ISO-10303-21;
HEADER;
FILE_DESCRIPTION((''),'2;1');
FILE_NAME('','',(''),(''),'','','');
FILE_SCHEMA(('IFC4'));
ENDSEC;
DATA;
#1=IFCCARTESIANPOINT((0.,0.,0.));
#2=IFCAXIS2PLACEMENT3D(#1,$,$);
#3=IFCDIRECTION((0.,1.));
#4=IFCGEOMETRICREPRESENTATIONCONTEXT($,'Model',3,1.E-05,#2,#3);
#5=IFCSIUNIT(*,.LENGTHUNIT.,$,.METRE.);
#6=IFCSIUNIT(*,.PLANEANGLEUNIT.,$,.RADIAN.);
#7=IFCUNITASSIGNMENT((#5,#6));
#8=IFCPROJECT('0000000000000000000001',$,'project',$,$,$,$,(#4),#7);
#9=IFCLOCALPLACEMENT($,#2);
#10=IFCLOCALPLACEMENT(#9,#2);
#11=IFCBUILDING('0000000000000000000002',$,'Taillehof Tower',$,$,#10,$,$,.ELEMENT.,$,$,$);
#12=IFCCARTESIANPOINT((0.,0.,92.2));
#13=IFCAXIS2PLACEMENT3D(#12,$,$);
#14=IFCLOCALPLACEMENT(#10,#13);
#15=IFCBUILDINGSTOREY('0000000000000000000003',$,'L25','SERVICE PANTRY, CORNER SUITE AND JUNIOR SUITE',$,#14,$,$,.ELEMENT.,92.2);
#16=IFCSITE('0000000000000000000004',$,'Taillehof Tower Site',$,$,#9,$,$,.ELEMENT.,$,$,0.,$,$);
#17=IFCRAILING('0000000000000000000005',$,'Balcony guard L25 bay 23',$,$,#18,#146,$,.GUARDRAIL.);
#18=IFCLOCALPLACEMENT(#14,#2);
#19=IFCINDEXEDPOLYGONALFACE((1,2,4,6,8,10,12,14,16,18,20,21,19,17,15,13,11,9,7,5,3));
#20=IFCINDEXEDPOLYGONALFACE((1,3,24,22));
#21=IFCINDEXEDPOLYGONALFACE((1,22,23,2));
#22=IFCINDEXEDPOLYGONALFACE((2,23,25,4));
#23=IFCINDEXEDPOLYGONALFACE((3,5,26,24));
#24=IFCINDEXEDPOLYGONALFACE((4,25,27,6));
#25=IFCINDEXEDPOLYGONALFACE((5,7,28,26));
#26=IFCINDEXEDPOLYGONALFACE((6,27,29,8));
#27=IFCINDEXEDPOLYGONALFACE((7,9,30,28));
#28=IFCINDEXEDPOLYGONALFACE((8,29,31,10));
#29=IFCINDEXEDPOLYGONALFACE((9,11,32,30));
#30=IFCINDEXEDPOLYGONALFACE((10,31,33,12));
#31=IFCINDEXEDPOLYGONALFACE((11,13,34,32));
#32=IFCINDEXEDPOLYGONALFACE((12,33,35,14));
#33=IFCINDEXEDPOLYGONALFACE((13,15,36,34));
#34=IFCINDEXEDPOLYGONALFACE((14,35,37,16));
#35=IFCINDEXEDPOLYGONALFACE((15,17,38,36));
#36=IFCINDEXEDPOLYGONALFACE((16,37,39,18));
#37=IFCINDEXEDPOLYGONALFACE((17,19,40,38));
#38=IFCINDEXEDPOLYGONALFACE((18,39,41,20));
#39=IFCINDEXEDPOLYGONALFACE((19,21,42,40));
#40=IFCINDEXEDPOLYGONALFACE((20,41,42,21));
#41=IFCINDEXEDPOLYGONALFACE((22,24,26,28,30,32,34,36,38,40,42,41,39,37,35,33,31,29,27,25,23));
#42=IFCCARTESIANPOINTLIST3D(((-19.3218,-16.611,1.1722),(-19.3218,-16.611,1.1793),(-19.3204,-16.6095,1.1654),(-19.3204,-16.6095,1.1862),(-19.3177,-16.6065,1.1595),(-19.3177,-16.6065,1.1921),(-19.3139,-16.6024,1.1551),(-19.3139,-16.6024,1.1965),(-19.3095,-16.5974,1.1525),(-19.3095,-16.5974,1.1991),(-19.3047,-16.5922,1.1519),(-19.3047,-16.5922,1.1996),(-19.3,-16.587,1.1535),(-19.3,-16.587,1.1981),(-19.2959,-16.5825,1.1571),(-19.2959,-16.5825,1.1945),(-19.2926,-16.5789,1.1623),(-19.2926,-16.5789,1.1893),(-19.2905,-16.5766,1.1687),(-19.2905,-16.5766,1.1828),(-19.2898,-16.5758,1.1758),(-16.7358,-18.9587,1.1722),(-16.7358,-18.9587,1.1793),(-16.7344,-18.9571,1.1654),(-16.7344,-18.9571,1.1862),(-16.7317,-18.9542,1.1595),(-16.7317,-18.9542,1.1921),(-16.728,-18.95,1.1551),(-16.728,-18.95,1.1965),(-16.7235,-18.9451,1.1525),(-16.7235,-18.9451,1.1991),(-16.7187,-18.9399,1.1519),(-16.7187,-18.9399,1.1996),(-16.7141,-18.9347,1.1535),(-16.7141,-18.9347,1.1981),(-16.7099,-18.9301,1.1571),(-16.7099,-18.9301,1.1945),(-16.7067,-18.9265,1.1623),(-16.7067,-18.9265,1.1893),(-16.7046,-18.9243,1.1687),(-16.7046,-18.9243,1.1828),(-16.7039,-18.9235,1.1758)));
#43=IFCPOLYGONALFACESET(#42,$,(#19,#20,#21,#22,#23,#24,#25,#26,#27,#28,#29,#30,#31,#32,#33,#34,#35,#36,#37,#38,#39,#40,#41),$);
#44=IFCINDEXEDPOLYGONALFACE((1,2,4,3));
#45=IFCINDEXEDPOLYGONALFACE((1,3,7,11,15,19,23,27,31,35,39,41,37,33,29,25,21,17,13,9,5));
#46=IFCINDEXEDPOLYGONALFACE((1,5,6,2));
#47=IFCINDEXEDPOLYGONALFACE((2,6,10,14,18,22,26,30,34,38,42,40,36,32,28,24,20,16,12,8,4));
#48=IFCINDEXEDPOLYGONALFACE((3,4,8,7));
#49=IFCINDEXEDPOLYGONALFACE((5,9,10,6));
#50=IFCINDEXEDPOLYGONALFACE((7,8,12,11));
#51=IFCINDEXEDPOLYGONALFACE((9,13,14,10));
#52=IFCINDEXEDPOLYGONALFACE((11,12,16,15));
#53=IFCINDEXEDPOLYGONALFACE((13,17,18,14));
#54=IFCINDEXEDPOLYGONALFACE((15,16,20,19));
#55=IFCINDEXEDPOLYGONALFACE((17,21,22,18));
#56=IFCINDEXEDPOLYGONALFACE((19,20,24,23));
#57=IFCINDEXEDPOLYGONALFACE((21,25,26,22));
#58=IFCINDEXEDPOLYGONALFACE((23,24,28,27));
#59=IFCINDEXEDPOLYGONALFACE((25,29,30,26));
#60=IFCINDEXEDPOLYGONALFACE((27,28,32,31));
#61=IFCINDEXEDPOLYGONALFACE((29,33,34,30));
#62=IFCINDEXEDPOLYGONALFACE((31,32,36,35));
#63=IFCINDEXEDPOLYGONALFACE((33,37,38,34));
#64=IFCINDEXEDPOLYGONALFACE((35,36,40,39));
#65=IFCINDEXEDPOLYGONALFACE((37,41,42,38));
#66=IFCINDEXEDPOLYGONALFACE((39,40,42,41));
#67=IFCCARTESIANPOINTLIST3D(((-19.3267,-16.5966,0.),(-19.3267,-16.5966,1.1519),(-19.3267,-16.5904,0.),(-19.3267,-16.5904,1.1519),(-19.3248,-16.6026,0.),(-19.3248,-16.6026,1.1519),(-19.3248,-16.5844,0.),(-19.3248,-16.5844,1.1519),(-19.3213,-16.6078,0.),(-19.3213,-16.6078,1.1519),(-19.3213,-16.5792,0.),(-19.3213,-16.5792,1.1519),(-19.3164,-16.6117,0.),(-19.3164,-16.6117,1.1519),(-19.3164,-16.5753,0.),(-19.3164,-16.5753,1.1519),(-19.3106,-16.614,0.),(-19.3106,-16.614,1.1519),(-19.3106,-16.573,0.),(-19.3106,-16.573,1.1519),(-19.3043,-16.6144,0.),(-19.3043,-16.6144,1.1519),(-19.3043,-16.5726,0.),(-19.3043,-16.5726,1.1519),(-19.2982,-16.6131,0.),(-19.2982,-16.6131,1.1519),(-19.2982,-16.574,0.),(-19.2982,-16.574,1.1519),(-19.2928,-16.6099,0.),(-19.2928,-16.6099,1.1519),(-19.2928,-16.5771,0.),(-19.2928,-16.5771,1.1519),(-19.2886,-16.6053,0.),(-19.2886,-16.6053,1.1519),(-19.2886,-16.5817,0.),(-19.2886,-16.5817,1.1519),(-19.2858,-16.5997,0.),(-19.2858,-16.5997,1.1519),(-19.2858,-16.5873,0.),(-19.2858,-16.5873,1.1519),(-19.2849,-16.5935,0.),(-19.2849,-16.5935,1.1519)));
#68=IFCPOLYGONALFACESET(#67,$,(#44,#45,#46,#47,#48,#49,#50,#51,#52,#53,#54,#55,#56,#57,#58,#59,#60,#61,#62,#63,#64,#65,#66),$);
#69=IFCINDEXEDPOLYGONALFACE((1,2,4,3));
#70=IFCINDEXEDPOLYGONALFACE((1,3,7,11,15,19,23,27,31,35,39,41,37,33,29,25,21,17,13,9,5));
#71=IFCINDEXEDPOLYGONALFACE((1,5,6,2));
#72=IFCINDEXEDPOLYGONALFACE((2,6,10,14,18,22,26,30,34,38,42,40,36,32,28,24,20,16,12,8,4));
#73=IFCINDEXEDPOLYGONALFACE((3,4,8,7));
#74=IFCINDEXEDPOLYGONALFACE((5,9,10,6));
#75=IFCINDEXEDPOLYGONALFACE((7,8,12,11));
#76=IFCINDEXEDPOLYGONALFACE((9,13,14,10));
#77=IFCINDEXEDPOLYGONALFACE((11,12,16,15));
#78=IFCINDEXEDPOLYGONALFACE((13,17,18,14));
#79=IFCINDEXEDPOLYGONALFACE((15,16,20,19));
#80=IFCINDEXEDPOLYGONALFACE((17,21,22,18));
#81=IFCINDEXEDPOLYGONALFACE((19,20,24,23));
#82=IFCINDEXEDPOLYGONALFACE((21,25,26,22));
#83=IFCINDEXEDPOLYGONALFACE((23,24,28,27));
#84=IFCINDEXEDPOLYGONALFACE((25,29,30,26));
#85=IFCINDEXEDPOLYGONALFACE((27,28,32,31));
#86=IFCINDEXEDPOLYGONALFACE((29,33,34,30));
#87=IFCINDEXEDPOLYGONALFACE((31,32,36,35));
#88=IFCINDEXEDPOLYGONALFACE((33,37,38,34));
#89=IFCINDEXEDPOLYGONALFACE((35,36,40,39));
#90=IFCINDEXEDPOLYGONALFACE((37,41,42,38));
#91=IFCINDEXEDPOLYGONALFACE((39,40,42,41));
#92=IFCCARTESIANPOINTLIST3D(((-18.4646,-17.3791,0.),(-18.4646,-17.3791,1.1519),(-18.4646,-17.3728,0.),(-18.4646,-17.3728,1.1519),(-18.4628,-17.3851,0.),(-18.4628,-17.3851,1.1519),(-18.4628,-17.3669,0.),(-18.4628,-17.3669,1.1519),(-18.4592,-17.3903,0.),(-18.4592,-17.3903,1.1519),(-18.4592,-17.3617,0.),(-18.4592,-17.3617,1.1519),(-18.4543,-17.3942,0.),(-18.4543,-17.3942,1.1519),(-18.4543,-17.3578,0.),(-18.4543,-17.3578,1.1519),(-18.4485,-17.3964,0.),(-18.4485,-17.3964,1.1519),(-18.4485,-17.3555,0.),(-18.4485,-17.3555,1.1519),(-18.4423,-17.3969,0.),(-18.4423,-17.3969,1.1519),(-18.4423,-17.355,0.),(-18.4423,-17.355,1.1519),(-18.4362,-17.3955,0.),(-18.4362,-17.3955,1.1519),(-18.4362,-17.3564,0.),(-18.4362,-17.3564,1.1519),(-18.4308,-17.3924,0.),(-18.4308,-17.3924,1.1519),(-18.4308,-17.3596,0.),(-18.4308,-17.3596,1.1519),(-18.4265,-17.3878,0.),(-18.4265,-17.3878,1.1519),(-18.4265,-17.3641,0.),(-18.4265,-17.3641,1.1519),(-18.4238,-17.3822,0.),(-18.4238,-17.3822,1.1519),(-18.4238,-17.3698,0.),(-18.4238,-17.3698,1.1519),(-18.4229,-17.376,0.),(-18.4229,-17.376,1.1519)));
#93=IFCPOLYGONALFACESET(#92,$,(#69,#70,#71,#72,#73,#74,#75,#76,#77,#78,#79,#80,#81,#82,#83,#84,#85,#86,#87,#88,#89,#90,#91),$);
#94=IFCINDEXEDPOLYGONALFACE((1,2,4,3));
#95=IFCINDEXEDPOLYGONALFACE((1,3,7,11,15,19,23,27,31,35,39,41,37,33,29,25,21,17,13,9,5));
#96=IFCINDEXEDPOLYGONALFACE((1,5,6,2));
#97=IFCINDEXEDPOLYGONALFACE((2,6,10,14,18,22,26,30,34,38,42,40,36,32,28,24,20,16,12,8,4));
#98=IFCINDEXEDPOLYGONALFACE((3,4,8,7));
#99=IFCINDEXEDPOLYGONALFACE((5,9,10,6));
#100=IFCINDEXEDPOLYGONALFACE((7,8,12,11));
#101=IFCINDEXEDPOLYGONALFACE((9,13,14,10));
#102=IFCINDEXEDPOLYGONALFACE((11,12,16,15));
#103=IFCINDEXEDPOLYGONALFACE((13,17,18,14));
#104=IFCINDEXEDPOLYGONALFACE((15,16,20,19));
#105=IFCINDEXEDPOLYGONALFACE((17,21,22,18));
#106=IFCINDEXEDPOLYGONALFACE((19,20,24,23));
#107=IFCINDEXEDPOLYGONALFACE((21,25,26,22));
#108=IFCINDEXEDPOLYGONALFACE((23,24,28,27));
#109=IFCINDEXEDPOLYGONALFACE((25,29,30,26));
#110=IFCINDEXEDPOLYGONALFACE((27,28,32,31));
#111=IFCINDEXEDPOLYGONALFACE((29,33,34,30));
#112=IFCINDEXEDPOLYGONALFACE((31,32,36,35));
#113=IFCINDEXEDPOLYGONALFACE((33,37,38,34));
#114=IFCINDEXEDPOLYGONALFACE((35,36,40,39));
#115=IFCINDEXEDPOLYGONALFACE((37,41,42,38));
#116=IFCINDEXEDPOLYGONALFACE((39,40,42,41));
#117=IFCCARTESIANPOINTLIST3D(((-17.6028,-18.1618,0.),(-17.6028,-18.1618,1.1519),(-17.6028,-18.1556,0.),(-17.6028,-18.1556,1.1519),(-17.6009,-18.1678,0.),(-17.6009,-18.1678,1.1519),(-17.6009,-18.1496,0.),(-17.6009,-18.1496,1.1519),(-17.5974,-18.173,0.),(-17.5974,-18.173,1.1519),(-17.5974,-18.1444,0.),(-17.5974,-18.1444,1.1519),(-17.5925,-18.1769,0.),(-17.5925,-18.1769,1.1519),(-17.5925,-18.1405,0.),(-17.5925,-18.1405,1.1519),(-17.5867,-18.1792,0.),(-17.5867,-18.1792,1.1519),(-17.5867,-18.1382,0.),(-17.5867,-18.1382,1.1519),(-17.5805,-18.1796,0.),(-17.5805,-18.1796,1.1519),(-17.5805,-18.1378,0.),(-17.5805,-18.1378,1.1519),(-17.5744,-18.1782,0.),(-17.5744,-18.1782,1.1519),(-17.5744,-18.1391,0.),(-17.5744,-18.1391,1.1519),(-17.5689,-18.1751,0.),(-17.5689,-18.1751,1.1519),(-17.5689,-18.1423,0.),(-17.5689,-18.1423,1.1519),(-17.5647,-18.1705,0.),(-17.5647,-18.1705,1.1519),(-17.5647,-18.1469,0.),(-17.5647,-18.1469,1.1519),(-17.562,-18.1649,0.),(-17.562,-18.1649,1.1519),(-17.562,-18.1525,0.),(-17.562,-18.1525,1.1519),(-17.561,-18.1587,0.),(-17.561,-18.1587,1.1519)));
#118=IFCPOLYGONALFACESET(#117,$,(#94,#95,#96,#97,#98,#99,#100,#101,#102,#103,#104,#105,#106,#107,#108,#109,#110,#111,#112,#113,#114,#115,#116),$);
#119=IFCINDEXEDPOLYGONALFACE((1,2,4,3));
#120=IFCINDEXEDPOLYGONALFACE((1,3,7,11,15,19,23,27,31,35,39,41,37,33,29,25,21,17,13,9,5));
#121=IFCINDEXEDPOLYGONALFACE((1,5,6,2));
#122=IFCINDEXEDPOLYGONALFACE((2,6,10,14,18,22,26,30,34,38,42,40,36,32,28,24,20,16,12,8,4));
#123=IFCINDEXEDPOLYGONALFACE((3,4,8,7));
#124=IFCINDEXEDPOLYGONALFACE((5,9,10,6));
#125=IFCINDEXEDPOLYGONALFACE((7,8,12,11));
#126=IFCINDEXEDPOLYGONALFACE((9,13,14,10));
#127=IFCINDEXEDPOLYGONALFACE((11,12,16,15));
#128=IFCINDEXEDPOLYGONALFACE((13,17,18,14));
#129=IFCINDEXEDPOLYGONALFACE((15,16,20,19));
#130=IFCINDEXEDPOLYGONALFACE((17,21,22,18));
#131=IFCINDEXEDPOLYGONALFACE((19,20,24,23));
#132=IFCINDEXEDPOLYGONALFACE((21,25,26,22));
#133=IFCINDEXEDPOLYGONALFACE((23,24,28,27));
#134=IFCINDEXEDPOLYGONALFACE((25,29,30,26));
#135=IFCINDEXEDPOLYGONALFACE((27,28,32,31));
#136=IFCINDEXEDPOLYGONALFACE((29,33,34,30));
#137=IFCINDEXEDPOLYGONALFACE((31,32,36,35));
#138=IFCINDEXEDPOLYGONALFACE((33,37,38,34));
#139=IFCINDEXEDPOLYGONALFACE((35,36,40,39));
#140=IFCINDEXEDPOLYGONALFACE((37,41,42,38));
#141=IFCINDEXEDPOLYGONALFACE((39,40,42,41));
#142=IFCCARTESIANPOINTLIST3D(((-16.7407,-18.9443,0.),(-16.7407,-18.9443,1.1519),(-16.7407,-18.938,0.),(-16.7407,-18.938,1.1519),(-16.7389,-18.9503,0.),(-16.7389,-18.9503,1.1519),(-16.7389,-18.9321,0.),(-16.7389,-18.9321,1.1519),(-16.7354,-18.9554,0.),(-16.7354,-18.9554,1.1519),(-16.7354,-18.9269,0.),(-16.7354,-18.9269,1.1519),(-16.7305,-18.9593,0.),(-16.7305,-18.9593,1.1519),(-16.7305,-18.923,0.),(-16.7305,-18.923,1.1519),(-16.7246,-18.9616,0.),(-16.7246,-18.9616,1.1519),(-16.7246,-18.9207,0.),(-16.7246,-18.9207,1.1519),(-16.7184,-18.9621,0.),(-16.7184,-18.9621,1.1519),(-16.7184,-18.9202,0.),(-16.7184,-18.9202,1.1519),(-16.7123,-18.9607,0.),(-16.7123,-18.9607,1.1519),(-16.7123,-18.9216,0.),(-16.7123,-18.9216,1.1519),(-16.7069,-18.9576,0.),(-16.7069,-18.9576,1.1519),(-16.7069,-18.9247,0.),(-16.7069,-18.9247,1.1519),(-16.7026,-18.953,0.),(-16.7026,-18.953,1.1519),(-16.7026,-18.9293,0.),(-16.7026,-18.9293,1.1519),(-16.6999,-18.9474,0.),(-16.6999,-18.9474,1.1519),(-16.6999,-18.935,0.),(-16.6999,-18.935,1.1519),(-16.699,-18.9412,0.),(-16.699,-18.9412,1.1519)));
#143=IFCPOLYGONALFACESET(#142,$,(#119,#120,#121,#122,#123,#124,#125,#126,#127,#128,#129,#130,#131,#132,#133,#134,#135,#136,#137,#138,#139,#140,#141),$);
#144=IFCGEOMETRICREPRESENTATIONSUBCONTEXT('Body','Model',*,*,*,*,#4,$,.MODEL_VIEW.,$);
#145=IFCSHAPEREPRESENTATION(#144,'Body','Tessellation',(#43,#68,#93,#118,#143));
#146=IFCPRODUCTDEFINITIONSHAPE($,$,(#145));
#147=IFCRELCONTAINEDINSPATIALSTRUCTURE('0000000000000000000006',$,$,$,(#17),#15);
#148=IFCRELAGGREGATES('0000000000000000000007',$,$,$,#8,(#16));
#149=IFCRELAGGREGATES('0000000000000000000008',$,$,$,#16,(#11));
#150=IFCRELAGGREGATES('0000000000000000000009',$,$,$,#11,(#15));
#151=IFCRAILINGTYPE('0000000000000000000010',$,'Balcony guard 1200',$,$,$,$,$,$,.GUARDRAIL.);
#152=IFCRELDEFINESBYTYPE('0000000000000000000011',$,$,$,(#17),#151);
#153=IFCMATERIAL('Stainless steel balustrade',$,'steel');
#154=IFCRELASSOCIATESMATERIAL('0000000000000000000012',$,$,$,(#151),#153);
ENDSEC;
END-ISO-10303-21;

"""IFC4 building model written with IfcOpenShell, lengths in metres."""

from ifc_helpers import new_model, si_unit, direction, frame, origin, origin_2d, place, context, subcontext, project, spatial, circle, extrude, material, type_object, element, save


model = new_model("IFC4")

# Units and contexts
model_context = context("Model", 3, precision=1e-05, world=origin(), true_north=direction((0.0, 1.0)))
body_context = subcontext(model_context, "Body", "Model", "MODEL_VIEW")
ifc_project = project(units=[si_unit("LENGTHUNIT", "METRE"), si_unit("PLANEANGLEUNIT", "RADIAN")], contexts=[model_context])

# Site, building, storey
site_placement = place(None, origin())
site = spatial("IfcSite", under=ifc_project, at=site_placement, Name="Taillehof Tower Site", CompositionType="ELEMENT", RefElevation=0.0)
building_placement = place(site_placement, origin())
building = spatial("IfcBuilding", under=site, at=building_placement, Name="Taillehof Tower", CompositionType="ELEMENT")
storey_placement = place(building_placement, frame((0.0, 0.0, 92.2)))
storey = spatial("IfcBuildingStorey", under=building, at=storey_placement, Name="L25", Description="SERVICE PANTRY, CORNER SUITE AND JUNIOR SUITE", CompositionType="ELEMENT", Elevation=92.2)

# Railing
ifc_material_1 = material(Name="Stainless steel balustrade", Category="steel")
railing_type = type_object("IfcRailingType", Name="Balcony guard 1200", PredefinedType="GUARDRAIL", material=ifc_material_1)
railing_1_placement = place(storey_placement, frame((-19.3059, -16.5935, 0.0)))
element("IfcRailing", 1, at=railing_1_placement, inside=storey, type_object=railing_type, Name="Balcony guard L25 bay 23", PredefinedType="GUARDRAIL", context=body_context, shape_type="SweptSolid", body=[
    extrude(circle(Radius=0.0239, at=origin_2d()), frame((0.0, 0.0, 1.1758), z_axis=(0.740395, -0.672172, 0.0), x_axis=(0.672172, 0.740395, 0.0)), (0.0, 0.0, 1.0), 3.4927),
    extrude(circle(Radius=0.021, at=origin_2d()), origin(), (0.0, 0.0, 1.0), 1.1519),
    extrude(circle(Radius=0.021, at=origin_2d()), frame((0.8621, -0.7825, 0.0)), (0.0, 0.0, 1.0), 1.1519),
    extrude(circle(Radius=0.021, at=origin_2d()), frame((1.7239, -1.5652, 0.0)), (0.0, 0.0, 1.0), 1.1519),
    extrude(circle(Radius=0.021, at=origin_2d()), frame((2.5859, -2.3477, 0.0)), (0.0, 0.0, 1.0), 1.1519),
])

save(model, "model.ifc")
